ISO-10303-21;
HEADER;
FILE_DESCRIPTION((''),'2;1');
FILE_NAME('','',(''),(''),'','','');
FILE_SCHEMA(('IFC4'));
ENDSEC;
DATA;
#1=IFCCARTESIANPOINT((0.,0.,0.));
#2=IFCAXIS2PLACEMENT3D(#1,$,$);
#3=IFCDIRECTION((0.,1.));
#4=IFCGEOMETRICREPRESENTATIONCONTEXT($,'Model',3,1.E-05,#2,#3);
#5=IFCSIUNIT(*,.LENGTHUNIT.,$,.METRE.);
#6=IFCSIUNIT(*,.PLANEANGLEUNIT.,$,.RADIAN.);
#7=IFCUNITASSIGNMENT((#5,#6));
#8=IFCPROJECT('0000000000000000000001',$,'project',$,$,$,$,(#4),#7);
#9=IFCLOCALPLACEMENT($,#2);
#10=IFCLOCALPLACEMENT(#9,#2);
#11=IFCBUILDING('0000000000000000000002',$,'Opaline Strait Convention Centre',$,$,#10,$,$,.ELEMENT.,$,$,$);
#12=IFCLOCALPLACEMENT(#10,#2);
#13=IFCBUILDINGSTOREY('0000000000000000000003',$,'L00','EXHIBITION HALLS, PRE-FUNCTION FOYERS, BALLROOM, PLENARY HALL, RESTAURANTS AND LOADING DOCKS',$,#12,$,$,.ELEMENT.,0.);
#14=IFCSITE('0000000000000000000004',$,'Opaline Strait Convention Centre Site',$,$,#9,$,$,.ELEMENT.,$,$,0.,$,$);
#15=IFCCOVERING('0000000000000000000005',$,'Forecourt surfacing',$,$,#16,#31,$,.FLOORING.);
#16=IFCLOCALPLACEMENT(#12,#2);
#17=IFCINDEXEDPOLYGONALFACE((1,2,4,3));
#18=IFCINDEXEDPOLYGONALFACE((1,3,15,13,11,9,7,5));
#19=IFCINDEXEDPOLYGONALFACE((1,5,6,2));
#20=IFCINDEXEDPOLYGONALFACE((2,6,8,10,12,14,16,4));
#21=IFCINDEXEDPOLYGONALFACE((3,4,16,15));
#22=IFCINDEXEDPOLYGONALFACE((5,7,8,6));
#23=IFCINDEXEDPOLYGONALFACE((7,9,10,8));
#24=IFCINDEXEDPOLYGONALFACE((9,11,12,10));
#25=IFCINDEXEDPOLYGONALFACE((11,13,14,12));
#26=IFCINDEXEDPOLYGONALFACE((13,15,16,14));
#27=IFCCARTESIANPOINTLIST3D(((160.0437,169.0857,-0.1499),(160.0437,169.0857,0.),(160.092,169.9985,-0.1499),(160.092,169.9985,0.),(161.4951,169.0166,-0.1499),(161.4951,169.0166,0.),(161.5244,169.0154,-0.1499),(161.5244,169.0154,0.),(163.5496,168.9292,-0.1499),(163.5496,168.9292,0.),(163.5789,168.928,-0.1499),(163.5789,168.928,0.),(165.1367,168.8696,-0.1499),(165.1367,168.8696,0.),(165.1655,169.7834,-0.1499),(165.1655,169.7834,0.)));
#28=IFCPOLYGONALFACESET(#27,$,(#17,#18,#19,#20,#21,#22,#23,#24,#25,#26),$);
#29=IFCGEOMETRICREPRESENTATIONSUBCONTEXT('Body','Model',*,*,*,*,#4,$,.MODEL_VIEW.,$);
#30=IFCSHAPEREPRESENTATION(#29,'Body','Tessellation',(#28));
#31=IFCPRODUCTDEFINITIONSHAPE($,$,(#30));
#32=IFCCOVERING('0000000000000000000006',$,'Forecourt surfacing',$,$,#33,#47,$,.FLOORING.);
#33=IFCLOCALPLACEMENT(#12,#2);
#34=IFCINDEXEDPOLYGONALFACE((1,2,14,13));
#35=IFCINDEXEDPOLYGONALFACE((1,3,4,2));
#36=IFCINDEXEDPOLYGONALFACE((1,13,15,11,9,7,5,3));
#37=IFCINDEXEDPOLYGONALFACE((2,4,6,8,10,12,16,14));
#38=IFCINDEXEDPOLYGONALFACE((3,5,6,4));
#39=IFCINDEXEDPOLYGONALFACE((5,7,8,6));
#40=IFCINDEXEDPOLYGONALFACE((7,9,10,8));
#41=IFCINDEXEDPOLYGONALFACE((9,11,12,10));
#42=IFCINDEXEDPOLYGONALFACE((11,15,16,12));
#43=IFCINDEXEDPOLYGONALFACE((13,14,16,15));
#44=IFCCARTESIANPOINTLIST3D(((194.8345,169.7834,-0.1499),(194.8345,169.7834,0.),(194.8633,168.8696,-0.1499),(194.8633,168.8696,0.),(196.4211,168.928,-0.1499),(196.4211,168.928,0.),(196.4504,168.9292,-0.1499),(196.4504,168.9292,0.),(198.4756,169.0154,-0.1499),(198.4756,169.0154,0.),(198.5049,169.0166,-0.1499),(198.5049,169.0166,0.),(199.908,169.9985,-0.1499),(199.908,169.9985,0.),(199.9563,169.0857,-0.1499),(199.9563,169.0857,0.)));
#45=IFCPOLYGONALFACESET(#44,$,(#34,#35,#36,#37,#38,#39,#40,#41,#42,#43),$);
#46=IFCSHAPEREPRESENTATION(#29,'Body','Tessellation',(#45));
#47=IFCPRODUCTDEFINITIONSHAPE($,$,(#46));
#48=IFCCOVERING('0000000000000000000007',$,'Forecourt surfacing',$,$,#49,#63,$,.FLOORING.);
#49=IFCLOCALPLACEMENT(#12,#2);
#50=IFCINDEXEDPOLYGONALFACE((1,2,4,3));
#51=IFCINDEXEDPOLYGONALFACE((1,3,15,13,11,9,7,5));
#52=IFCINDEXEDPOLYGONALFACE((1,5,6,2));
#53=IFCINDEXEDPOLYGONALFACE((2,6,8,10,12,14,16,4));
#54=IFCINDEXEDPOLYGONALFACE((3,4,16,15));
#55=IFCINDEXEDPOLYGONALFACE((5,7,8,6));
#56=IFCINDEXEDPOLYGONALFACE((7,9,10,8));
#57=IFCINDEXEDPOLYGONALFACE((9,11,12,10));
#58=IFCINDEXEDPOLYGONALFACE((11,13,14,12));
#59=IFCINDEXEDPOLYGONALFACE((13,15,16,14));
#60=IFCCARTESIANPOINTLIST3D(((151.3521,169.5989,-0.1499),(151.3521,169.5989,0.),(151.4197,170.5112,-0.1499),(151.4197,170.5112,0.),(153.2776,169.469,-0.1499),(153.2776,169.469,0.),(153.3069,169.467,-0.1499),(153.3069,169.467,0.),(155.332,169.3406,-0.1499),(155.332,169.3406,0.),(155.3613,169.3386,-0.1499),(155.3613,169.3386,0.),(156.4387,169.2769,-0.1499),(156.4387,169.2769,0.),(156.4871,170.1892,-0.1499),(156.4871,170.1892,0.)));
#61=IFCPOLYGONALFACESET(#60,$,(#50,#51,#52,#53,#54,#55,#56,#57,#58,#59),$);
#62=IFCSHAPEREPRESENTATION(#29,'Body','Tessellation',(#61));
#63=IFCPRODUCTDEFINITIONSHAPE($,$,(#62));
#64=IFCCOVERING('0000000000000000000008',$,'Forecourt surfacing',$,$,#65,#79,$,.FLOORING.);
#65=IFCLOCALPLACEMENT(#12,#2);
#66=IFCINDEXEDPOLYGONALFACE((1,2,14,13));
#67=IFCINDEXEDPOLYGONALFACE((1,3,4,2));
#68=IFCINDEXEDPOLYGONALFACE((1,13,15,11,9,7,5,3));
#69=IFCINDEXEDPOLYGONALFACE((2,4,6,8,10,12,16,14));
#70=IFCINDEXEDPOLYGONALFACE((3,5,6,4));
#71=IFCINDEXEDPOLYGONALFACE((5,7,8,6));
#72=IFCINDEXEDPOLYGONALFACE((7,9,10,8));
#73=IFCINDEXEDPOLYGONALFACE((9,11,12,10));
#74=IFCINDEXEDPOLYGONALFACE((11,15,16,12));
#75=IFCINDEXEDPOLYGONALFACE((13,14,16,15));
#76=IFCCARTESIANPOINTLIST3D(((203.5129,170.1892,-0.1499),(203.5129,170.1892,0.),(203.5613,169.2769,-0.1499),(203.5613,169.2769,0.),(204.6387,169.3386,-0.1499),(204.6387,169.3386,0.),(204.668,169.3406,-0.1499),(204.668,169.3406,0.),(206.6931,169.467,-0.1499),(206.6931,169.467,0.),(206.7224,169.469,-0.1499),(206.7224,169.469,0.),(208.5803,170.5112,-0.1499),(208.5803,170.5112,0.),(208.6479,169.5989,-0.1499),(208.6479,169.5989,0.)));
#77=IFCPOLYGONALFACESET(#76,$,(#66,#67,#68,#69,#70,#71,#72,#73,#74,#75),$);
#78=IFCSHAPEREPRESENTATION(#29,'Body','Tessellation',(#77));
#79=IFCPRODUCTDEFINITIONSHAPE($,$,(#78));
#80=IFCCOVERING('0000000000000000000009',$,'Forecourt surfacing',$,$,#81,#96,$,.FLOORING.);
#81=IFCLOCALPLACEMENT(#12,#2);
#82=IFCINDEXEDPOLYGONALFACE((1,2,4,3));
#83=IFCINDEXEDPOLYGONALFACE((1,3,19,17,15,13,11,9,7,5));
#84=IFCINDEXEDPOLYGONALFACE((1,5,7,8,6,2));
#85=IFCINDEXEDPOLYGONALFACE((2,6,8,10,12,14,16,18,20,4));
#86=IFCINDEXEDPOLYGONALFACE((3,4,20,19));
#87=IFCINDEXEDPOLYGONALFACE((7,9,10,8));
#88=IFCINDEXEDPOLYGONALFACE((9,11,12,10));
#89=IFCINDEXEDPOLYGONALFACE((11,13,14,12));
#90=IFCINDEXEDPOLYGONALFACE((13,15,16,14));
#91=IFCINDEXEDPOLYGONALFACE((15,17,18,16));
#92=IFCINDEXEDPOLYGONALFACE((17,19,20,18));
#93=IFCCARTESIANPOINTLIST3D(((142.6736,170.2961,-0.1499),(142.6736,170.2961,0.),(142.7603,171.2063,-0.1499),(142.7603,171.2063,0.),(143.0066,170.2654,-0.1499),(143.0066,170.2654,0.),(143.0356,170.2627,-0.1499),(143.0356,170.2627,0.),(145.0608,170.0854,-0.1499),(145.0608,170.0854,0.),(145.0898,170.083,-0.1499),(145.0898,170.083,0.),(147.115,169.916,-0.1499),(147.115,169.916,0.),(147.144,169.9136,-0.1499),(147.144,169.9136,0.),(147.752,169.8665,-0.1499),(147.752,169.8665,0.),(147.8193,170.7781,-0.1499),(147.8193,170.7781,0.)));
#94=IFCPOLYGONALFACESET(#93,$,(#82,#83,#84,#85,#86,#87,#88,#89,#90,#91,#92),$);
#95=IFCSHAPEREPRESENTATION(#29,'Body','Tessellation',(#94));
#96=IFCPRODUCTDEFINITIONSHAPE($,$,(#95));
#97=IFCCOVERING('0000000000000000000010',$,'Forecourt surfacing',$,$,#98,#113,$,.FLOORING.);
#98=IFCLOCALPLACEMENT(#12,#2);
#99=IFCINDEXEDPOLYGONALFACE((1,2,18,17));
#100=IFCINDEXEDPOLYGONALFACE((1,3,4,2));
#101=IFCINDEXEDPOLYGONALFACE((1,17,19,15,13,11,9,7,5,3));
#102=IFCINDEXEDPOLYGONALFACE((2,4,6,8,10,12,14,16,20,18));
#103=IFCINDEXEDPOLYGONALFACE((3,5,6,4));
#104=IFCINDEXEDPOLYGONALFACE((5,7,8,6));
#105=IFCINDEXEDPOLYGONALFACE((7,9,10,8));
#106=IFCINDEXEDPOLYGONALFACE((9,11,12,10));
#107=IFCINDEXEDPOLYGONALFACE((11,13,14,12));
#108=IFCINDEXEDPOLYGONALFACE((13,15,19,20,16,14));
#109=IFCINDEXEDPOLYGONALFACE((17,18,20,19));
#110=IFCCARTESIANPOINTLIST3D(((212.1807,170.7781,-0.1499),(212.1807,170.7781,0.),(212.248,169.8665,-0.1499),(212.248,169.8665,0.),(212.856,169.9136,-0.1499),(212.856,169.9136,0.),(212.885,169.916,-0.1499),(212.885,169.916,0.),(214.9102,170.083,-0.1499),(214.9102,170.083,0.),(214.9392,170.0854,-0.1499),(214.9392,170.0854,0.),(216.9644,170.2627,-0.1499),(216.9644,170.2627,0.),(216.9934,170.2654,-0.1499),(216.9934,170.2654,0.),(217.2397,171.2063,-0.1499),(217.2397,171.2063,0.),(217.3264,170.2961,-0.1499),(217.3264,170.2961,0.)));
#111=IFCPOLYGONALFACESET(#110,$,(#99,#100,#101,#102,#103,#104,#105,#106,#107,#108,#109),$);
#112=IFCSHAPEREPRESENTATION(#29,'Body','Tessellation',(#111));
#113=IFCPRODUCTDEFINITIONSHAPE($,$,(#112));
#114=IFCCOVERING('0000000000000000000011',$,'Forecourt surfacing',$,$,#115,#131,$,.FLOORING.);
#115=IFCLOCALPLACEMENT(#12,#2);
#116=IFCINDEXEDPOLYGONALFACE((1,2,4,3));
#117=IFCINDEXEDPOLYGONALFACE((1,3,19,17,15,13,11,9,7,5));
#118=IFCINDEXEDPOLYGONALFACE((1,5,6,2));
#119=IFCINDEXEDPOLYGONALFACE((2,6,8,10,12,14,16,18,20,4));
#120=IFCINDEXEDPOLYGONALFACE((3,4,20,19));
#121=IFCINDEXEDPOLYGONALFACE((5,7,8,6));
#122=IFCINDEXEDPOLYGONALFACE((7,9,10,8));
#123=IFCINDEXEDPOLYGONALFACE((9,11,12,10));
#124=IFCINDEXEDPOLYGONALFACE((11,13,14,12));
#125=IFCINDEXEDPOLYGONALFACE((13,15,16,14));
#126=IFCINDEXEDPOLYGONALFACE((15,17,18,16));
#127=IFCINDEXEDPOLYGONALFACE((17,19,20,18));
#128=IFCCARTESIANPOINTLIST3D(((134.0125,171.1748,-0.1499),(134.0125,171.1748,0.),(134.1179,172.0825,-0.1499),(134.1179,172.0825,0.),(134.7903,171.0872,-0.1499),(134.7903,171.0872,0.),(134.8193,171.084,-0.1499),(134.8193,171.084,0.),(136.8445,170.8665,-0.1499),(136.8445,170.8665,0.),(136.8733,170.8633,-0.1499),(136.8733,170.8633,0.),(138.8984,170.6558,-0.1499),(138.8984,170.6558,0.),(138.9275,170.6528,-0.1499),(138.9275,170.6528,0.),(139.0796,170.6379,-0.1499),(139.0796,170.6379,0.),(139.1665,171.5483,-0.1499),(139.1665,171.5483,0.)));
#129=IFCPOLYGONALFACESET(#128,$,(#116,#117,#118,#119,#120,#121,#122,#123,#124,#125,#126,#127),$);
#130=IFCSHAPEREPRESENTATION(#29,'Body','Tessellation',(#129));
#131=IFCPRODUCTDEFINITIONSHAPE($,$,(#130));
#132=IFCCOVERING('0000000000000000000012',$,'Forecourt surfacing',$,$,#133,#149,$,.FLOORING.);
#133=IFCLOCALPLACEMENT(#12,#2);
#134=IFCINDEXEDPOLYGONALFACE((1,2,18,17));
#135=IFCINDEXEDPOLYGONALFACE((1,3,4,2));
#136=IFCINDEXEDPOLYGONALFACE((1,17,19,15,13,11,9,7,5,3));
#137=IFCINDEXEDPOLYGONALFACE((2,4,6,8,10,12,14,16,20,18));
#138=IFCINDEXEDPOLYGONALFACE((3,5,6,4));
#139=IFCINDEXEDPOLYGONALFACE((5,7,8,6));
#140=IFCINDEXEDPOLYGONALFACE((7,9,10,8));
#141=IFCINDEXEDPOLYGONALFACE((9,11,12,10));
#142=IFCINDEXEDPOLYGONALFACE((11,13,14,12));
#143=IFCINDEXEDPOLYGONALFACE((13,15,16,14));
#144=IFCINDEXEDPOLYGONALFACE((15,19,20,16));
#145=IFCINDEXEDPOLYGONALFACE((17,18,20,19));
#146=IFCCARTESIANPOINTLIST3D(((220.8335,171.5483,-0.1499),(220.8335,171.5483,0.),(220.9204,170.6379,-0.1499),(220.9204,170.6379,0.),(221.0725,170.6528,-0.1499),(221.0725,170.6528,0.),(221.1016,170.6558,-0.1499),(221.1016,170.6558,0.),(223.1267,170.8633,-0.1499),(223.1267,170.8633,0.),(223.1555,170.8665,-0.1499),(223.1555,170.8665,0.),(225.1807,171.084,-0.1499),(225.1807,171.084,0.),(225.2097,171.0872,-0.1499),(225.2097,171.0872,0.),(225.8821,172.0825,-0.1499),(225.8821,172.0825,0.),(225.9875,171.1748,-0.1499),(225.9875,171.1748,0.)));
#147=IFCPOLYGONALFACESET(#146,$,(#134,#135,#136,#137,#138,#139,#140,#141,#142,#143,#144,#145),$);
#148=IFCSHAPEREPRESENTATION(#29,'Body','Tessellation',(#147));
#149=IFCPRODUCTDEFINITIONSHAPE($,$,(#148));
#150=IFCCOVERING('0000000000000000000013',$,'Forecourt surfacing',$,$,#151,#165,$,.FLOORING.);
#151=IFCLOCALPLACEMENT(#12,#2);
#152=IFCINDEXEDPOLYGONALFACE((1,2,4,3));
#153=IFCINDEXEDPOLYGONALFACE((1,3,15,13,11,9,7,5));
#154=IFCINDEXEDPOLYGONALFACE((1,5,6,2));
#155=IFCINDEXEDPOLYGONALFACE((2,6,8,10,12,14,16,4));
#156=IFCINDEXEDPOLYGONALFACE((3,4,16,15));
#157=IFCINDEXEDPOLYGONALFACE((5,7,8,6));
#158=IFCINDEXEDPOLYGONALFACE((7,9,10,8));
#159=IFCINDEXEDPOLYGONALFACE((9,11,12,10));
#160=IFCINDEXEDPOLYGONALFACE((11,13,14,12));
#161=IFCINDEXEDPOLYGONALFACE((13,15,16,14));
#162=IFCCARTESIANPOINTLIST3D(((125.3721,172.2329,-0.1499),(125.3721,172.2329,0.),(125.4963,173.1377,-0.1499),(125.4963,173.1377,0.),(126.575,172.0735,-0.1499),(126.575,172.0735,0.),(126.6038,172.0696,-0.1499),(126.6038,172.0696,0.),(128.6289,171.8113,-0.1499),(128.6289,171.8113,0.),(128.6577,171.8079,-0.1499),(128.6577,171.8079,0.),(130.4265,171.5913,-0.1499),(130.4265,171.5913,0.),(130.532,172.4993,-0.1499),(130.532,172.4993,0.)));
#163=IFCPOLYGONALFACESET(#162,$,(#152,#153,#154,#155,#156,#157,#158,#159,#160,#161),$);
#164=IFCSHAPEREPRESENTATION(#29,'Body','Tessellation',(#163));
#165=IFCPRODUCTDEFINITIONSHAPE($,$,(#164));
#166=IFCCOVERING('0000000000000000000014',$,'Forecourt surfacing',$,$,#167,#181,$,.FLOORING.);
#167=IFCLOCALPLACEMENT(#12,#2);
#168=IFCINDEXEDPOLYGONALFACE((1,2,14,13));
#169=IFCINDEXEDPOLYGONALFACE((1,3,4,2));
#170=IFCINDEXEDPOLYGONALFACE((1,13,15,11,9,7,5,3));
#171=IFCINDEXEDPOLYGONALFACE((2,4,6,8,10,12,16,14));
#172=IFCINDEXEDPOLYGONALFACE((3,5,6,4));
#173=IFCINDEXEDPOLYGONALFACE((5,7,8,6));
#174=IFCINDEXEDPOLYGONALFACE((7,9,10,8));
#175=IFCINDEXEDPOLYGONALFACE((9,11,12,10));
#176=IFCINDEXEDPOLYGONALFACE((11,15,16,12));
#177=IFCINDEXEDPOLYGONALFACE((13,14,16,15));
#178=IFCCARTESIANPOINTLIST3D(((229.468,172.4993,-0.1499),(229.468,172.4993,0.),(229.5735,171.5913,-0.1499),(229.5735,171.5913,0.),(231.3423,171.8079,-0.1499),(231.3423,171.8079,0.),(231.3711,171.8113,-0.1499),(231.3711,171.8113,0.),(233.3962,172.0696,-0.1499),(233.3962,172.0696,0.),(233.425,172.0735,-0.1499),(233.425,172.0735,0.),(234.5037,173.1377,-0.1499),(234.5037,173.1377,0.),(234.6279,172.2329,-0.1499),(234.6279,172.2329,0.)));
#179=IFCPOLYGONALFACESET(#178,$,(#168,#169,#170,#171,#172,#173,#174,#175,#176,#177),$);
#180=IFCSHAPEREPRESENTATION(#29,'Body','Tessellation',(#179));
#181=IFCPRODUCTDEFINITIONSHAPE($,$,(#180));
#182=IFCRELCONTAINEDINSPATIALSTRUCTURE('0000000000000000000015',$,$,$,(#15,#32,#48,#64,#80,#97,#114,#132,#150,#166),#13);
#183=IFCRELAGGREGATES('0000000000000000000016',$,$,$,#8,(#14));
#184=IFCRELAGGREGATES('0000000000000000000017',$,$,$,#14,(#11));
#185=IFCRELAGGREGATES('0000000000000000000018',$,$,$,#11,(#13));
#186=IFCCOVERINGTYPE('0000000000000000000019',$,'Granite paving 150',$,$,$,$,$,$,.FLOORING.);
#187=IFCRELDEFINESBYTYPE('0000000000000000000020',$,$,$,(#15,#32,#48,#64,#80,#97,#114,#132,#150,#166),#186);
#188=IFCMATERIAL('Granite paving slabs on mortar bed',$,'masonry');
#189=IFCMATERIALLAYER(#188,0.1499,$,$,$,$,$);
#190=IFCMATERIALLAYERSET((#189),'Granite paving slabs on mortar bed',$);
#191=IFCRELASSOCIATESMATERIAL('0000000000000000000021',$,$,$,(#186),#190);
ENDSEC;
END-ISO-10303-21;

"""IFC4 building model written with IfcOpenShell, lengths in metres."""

from ifc_helpers import new_model, si_unit, direction, frame, origin, place, context, subcontext, project, spatial, polyline, outline, extrude, material, layer, layer_set, type_object, element, save


model = new_model("IFC4")

# Units and contexts
model_context = context("Model", 3, precision=1e-05, world=origin(), true_north=direction((0.0, 1.0)))
body_context = subcontext(model_context, "Body", "Model", "MODEL_VIEW")
ifc_project = project(units=[si_unit("LENGTHUNIT", "METRE"), si_unit("PLANEANGLEUNIT", "RADIAN")], contexts=[model_context])

# Site, building, storey
site_placement = place(None, origin())
site = spatial("IfcSite", under=ifc_project, at=site_placement, Name="Opaline Strait Convention Centre Site", CompositionType="ELEMENT", RefElevation=0.0)
building_placement = place(site_placement, origin())
building = spatial("IfcBuilding", under=site, at=building_placement, Name="Opaline Strait Convention Centre", CompositionType="ELEMENT")
storey_placement = place(building_placement, origin())
storey = spatial("IfcBuildingStorey", under=building, at=storey_placement, Name="L00", Description="EXHIBITION HALLS, PRE-FUNCTION FOYERS, BALLROOM, PLENARY HALL, RESTAURANTS AND LOADING DOCKS", CompositionType="ELEMENT", Elevation=0.0)

# Coverings
ifc_material_1 = material(Name="Granite paving slabs on mortar bed", Category="masonry")
ifc_layer_1 = layer(ifc_material_1, 0.1499)
ifc_layer_set_1 = layer_set([ifc_layer_1], Name="Granite paving slabs on mortar bed")
covering_type_1 = type_object("IfcCoveringType", Name="Granite paving 150", PredefinedType="FLOORING", material=ifc_layer_set_1)
covering_1_placement = place(storey_placement, frame((0.0, 0.0, -0.1499)))
element("IfcCovering", 1, at=covering_1_placement, inside=storey, type_object=covering_type_1, Name="Forecourt surfacing", PredefinedType="FLOORING", context=body_context, shape_type="SweptSolid", body=[
    extrude(outline(polyline([(165.1367, 168.8696), (165.1655, 169.7834), (160.092, 169.9985), (160.0437, 169.0857), (161.4951, 169.0166), (161.5244, 169.0154), (163.5496, 168.9292), (163.5789, 168.928), (165.1367, 168.8696)])), origin(), (0.0, 0.0, 1.0), 0.1499),
])
covering_2_placement = place(storey_placement, frame((0.0, 0.0, -0.1499)))
element("IfcCovering", 2, at=covering_2_placement, inside=storey, type_object=covering_type_1, Name="Forecourt surfacing", PredefinedType="FLOORING", context=body_context, shape_type="SweptSolid", body=[
    extrude(outline(polyline([(199.9563, 169.0857), (199.908, 169.9985), (194.8345, 169.7834), (194.8633, 168.8696), (196.4211, 168.928), (196.4504, 168.9292), (198.4756, 169.0154), (198.5049, 169.0166), (199.9563, 169.0857)])), origin(), (0.0, 0.0, 1.0), 0.1499),
])
covering_3_placement = place(storey_placement, frame((0.0, 0.0, -0.1499)))
element("IfcCovering", 3, at=covering_3_placement, inside=storey, type_object=covering_type_1, Name="Forecourt surfacing", PredefinedType="FLOORING", context=body_context, shape_type="SweptSolid", body=[
    extrude(outline(polyline([(156.4387, 169.2769), (156.4871, 170.1892), (151.4197, 170.5112), (151.3521, 169.5989), (153.2776, 169.469), (153.3069, 169.467), (155.332, 169.3406), (155.3613, 169.3386), (156.4387, 169.2769)])), origin(), (0.0, 0.0, 1.0), 0.1499),
])
covering_4_placement = place(storey_placement, frame((0.0, 0.0, -0.1499)))
element("IfcCovering", 4, at=covering_4_placement, inside=storey, type_object=covering_type_1, Name="Forecourt surfacing", PredefinedType="FLOORING", context=body_context, shape_type="SweptSolid", body=[
    extrude(outline(polyline([(208.6479, 169.5989), (208.5803, 170.5112), (203.5129, 170.1892), (203.5613, 169.2769), (204.6387, 169.3386), (204.668, 169.3406), (206.6931, 169.467), (206.7224, 169.469), (208.6479, 169.5989)])), origin(), (0.0, 0.0, 1.0), 0.1499),
])
covering_5_placement = place(storey_placement, frame((0.0, 0.0, -0.1499)))
element("IfcCovering", 5, at=covering_5_placement, inside=storey, type_object=covering_type_1, Name="Forecourt surfacing", PredefinedType="FLOORING", context=body_context, shape_type="SweptSolid", body=[
    extrude(outline(polyline([(147.752, 169.8665), (147.8193, 170.7781), (142.7603, 171.2063), (142.6736, 170.2961), (143.0066, 170.2654), (143.0356, 170.2627), (145.0608, 170.0854), (145.0898, 170.083), (147.115, 169.916), (147.144, 169.9136), (147.752, 169.8665)])), origin(), (0.0, 0.0, 1.0), 0.1499),
])
covering_6_placement = place(storey_placement, frame((0.0, 0.0, -0.1499)))
element("IfcCovering", 6, at=covering_6_placement, inside=storey, type_object=covering_type_1, Name="Forecourt surfacing", PredefinedType="FLOORING", context=body_context, shape_type="SweptSolid", body=[
    extrude(outline(polyline([(217.3264, 170.2961), (217.2397, 171.2063), (212.1807, 170.7781), (212.248, 169.8665), (212.856, 169.9136), (212.885, 169.916), (214.9102, 170.083), (214.9392, 170.0854), (216.9644, 170.2627), (216.9934, 170.2654), (217.3264, 170.2961)])), origin(), (0.0, 0.0, 1.0), 0.1499),
])
covering_7_placement = place(storey_placement, frame((0.0, 0.0, -0.1499)))
element("IfcCovering", 7, at=covering_7_placement, inside=storey, type_object=covering_type_1, Name="Forecourt surfacing", PredefinedType="FLOORING", context=body_context, shape_type="SweptSolid", body=[
    extrude(outline(polyline([(139.0796, 170.6379), (139.1665, 171.5483), (134.1179, 172.0825), (134.0125, 171.1748), (134.7903, 171.0872), (134.8193, 171.084), (136.8445, 170.8665), (136.8733, 170.8633), (138.8984, 170.6558), (138.9275, 170.6528), (139.0796, 170.6379)])), origin(), (0.0, 0.0, 1.0), 0.1499),
])
covering_8_placement = place(storey_placement, frame((0.0, 0.0, -0.1499)))
element("IfcCovering", 8, at=covering_8_placement, inside=storey, type_object=covering_type_1, Name="Forecourt surfacing", PredefinedType="FLOORING", context=body_context, shape_type="SweptSolid", body=[
    extrude(outline(polyline([(225.9875, 171.1748), (225.8821, 172.0825), (220.8335, 171.5483), (220.9204, 170.6379), (221.0725, 170.6528), (221.1016, 170.6558), (223.1267, 170.8633), (223.1555, 170.8665), (225.1807, 171.084), (225.2097, 171.0872), (225.9875, 171.1748)])), origin(), (0.0, 0.0, 1.0), 0.1499),
])
covering_9_placement = place(storey_placement, frame((0.0, 0.0, -0.1499)))
element("IfcCovering", 9, at=covering_9_placement, inside=storey, type_object=covering_type_1, Name="Forecourt surfacing", PredefinedType="FLOORING", context=body_context, shape_type="SweptSolid", body=[
    extrude(outline(polyline([(130.4265, 171.5913), (130.532, 172.4993), (125.4963, 173.1377), (125.3721, 172.2329), (126.575, 172.0735), (126.6038, 172.0696), (128.6289, 171.8113), (128.6577, 171.8079), (130.4265, 171.5913)])), origin(), (0.0, 0.0, 1.0), 0.1499),
])
covering_10_placement = place(storey_placement, frame((0.0, 0.0, -0.1499)))
element("IfcCovering", 10, at=covering_10_placement, inside=storey, type_object=covering_type_1, Name="Forecourt surfacing", PredefinedType="FLOORING", context=body_context, shape_type="SweptSolid", body=[
    extrude(outline(polyline([(234.6279, 172.2329), (234.5037, 173.1377), (229.468, 172.4993), (229.5735, 171.5913), (231.3423, 171.8079), (231.3711, 171.8113), (233.3962, 172.0696), (233.425, 172.0735), (234.6279, 172.2329)])), origin(), (0.0, 0.0, 1.0), 0.1499),
])

save(model, "model.ifc")
